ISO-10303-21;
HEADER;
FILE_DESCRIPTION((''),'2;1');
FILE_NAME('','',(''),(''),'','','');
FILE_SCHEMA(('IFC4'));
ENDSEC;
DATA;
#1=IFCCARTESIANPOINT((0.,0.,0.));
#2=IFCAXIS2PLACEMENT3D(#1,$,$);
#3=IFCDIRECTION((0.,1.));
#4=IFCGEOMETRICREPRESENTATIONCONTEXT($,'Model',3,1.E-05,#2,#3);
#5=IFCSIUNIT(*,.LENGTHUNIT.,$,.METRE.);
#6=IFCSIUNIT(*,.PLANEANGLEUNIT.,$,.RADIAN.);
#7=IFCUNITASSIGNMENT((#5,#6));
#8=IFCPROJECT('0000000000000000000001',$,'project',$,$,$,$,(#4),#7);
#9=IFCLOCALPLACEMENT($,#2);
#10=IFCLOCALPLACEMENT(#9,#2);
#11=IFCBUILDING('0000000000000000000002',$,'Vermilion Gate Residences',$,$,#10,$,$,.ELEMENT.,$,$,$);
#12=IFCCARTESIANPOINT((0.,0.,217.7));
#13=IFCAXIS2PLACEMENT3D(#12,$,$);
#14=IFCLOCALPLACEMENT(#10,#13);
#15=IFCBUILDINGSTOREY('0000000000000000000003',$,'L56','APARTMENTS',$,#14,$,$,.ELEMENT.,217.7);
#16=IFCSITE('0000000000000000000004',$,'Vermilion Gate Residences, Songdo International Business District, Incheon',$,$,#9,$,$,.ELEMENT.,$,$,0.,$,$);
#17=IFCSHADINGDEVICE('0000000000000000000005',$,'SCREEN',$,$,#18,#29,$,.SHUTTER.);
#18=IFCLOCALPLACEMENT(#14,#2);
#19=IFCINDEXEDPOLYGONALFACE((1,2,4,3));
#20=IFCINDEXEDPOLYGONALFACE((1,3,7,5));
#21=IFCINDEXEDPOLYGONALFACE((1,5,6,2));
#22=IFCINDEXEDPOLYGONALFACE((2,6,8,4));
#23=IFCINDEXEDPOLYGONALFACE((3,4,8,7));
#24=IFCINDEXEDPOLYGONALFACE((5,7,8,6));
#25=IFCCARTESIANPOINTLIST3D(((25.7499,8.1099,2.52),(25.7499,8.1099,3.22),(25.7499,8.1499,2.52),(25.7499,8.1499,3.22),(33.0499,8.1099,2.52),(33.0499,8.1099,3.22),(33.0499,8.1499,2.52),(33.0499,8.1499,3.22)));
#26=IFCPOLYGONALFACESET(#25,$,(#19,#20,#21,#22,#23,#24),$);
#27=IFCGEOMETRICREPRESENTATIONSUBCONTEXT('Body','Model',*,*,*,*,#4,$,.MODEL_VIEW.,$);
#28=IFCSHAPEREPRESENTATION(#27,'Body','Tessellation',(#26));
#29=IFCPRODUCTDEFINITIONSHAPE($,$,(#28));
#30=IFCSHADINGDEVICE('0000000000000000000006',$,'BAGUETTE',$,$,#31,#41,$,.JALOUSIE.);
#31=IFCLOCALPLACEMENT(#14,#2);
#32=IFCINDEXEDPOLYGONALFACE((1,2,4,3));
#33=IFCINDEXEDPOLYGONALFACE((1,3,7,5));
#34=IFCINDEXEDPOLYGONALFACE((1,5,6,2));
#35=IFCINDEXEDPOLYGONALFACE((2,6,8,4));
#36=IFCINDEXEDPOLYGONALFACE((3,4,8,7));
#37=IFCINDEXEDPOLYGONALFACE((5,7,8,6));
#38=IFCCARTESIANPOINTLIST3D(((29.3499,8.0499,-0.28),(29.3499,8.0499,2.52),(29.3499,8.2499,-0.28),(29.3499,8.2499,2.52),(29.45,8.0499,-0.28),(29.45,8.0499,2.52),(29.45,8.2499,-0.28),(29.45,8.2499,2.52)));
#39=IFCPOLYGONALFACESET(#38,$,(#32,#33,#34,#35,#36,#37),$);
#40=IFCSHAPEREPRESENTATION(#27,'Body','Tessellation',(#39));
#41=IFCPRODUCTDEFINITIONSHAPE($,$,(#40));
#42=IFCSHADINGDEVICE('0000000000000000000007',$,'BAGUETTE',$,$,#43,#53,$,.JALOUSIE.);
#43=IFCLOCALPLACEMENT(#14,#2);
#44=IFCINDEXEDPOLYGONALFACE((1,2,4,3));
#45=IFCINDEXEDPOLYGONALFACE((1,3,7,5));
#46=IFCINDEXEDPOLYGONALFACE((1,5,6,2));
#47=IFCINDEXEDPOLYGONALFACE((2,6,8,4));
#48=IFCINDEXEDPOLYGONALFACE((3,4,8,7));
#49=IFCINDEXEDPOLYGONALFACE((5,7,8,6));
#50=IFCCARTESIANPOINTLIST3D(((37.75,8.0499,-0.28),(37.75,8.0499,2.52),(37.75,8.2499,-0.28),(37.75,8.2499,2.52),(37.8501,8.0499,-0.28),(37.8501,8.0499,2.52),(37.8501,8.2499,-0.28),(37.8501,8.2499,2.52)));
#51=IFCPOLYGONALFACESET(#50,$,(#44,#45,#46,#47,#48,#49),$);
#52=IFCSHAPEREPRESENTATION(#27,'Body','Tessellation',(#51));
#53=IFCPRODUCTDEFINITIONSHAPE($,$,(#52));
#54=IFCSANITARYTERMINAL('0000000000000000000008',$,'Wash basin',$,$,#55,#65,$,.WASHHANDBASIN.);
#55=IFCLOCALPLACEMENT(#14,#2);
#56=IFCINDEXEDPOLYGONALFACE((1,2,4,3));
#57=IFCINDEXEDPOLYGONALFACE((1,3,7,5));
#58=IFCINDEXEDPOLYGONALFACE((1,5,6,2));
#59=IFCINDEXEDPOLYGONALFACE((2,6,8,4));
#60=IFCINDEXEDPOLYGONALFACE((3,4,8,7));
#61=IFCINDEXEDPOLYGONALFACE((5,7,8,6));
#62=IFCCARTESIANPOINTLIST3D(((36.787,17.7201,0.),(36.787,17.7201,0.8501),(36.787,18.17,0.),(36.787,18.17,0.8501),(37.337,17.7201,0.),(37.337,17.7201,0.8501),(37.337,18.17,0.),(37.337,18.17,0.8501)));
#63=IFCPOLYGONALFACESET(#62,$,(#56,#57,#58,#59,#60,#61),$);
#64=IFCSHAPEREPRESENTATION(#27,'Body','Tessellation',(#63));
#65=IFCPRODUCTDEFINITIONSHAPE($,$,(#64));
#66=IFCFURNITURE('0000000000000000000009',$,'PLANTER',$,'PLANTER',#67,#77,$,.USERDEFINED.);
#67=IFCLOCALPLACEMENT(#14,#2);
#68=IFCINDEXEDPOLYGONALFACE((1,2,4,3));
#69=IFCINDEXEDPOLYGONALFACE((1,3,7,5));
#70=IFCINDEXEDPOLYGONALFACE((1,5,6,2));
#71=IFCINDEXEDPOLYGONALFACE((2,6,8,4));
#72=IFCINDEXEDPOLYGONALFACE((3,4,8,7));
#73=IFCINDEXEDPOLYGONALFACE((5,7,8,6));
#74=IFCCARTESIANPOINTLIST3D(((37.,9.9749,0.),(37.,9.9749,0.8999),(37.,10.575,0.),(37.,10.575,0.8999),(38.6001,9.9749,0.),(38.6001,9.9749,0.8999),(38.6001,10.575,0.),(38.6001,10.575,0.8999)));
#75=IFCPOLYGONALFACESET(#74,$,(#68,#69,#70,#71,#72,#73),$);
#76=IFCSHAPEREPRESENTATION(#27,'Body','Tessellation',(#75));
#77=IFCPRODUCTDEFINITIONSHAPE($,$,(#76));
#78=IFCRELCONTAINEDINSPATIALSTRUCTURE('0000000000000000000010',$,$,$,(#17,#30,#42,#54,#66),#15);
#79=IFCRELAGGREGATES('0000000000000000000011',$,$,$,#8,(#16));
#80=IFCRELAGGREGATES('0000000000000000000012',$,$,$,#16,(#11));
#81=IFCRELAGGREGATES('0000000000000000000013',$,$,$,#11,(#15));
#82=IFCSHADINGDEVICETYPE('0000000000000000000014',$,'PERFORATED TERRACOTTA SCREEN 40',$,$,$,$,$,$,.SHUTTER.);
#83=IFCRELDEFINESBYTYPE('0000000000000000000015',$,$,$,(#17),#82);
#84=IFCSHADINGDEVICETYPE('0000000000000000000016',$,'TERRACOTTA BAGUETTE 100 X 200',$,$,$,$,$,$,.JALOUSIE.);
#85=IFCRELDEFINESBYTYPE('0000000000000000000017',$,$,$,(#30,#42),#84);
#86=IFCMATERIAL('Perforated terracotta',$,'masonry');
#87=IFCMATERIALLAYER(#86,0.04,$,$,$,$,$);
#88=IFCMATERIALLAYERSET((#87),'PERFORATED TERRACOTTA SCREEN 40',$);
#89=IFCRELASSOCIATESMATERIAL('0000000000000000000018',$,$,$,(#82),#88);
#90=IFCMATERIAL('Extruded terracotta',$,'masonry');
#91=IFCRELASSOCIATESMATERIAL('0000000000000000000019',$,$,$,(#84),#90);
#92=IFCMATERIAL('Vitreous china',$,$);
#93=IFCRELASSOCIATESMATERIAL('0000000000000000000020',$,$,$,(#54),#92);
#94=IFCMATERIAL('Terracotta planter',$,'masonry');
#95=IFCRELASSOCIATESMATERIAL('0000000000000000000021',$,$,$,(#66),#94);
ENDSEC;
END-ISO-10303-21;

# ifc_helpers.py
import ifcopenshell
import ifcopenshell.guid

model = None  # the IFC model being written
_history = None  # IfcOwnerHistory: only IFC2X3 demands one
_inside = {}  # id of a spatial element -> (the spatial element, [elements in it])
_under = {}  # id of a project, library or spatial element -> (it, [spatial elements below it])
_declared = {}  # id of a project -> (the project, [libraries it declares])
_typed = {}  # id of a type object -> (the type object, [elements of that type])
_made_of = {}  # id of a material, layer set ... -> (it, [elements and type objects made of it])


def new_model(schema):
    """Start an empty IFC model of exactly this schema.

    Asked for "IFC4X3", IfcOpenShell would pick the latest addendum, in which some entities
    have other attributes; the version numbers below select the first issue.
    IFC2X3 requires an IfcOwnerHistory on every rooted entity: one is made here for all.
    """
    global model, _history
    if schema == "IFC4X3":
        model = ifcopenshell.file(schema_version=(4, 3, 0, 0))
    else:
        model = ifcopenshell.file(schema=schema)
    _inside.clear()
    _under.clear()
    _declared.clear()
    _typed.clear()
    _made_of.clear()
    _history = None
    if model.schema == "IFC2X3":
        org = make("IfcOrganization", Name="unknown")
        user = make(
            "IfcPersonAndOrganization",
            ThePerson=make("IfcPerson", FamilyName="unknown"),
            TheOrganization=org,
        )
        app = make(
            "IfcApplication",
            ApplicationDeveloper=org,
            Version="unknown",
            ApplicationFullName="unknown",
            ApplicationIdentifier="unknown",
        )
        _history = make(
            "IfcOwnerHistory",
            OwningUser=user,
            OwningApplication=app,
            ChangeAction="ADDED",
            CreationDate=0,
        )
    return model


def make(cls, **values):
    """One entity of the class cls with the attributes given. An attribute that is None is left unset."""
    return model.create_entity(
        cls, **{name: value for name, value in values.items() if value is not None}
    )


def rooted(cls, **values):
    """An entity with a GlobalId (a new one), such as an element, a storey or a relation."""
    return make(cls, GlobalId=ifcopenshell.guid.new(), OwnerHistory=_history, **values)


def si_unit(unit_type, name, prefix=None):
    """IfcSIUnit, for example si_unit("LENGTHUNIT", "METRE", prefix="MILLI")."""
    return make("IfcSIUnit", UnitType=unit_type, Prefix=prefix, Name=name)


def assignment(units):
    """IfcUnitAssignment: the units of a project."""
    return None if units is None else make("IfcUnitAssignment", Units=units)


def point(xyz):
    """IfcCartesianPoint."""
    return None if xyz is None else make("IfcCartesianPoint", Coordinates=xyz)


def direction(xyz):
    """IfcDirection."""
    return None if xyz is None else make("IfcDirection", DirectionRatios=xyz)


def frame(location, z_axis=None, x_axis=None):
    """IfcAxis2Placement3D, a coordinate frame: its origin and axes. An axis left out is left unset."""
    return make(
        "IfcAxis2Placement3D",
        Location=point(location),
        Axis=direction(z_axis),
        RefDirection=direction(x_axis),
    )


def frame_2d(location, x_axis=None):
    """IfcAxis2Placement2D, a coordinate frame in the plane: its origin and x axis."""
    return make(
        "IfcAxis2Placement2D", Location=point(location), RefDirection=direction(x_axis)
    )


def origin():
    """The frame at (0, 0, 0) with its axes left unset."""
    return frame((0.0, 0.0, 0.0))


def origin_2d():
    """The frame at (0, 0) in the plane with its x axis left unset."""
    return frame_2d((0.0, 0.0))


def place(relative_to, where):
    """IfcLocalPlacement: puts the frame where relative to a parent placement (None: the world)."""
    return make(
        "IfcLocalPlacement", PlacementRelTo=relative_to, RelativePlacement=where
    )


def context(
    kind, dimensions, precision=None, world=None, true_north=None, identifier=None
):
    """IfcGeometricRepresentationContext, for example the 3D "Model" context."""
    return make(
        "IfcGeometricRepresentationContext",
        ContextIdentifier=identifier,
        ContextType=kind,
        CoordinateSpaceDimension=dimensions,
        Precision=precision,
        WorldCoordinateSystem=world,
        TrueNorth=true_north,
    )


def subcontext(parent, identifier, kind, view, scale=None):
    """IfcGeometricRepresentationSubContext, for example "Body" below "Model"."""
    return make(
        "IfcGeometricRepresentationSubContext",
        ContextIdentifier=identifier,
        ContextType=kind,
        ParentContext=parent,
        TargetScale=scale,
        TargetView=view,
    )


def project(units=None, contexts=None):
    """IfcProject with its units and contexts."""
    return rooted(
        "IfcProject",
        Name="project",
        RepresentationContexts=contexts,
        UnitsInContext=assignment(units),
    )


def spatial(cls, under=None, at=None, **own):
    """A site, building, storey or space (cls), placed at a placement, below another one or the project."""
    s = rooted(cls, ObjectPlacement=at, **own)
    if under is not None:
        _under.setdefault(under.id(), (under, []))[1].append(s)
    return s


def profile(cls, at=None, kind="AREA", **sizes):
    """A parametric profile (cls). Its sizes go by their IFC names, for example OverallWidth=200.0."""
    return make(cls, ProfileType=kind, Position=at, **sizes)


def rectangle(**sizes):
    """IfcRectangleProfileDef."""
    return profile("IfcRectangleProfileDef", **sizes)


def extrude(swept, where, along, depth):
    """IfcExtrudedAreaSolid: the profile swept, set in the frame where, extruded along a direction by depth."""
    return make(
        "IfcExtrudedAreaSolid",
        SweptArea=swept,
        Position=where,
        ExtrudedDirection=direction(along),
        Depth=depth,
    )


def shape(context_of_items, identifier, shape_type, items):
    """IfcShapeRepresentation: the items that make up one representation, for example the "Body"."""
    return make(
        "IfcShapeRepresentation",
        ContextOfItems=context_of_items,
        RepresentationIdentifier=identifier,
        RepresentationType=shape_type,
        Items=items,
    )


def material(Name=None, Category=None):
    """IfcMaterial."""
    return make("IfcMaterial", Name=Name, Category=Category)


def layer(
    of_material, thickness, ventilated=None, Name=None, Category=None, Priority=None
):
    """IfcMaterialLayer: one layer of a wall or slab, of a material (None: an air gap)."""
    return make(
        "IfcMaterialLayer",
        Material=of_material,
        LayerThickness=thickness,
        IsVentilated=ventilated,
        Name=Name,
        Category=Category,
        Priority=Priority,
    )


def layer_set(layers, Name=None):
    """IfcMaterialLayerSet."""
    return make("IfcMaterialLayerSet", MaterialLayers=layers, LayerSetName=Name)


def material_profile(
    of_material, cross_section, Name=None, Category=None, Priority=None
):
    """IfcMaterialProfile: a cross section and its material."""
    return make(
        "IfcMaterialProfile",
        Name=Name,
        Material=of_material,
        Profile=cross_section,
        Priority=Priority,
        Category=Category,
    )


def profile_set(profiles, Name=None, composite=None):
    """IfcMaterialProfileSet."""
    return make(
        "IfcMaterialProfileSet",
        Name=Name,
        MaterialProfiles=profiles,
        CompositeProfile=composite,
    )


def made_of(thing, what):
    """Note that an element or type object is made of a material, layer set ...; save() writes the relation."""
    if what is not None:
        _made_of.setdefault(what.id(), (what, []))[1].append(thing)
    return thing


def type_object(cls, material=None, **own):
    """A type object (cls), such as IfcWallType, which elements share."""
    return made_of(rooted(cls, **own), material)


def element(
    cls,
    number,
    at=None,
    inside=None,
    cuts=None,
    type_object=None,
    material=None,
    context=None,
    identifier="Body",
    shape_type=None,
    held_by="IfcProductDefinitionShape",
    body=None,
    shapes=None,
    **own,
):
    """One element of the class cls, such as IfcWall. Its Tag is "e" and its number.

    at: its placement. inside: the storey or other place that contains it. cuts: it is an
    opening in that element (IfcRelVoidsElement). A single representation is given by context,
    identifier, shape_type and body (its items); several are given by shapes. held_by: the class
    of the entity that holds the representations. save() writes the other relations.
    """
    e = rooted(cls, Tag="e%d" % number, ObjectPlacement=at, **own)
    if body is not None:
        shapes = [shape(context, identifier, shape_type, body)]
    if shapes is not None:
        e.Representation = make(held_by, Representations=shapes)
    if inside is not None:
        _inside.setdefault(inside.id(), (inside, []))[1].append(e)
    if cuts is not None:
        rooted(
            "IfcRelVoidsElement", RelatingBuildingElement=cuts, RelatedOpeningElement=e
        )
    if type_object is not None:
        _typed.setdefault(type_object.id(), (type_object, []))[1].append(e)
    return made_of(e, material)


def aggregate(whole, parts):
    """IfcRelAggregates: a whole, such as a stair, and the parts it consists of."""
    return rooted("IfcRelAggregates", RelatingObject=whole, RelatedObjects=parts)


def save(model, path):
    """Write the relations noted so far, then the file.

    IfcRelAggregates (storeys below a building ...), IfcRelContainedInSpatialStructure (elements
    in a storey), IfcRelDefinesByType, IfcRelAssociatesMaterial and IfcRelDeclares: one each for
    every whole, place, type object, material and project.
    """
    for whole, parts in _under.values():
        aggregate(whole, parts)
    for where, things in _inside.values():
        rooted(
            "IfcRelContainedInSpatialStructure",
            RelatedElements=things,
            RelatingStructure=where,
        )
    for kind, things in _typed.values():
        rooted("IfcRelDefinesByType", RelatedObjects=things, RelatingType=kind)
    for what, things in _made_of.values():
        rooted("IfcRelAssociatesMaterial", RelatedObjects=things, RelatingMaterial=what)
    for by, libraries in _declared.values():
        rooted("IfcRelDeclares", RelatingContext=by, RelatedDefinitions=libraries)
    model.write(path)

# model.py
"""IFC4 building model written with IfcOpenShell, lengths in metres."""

from ifc_helpers import new_model, si_unit, direction, frame, origin, origin_2d, place, context, subcontext, project, spatial, rectangle, extrude, material, layer, layer_set, material_profile, profile_set, type_object, element, save


model = new_model("IFC4")

# Units and contexts
model_context = context("Model", 3, precision=1e-05, world=origin(), true_north=direction((0.0, 1.0)))
body_context = subcontext(model_context, "Body", "Model", "MODEL_VIEW")
ifc_project = project(units=[si_unit("LENGTHUNIT", "METRE"), si_unit("PLANEANGLEUNIT", "RADIAN")], contexts=[model_context])

# Site, building, storey
site_placement = place(None, origin())
site = spatial("IfcSite", under=ifc_project, at=site_placement, Name="Vermilion Gate Residences, Songdo International Business District, Incheon", CompositionType="ELEMENT", RefElevation=0.0)
building_placement = place(site_placement, origin())
building = spatial("IfcBuilding", under=site, at=building_placement, Name="Vermilion Gate Residences", CompositionType="ELEMENT")
storey_placement = place(building_placement, frame((0.0, 0.0, 217.7)))
storey = spatial("IfcBuildingStorey", under=building, at=storey_placement, Name="L56", Description="APARTMENTS", CompositionType="ELEMENT", Elevation=217.7)

# Shading devices
ifc_material_1 = material(Name="Perforated terracotta", Category="masonry")
ifc_layer_1 = layer(ifc_material_1, 0.04)
ifc_layer_set_1 = layer_set([ifc_layer_1], Name="PERFORATED TERRACOTTA SCREEN 40")
shading_device_type_1 = type_object("IfcShadingDeviceType", Name="PERFORATED TERRACOTTA SCREEN 40", PredefinedType="SHUTTER", material=ifc_layer_set_1)
shading_device_placement = place(storey_placement, frame((29.3999, 8.1299, 2.52), z_axis=(0.0, 0.0, 1.0), x_axis=(1.0, 0.0, 0.0)))
element("IfcShadingDevice", 1, at=shading_device_placement, inside=storey, type_object=shading_device_type_1, Name="SCREEN", PredefinedType="SHUTTER", context=body_context, shape_type="SweptSolid", body=[
    extrude(rectangle(XDim=7.3, YDim=0.04, at=origin_2d()), origin(), (0.0, 0.0, 1.0), 0.7),
])
ifc_material_2 = material(Name="Extruded terracotta", Category="masonry")
ifc_material_profile_1 = material_profile(ifc_material_2, rectangle(XDim=0.2, YDim=0.1001, at=origin_2d()), Name="BAGUETTE 100 X 200")
ifc_profile_set_1 = profile_set([ifc_material_profile_1], Name="Extruded terracotta")
shading_device_type_2 = type_object("IfcShadingDeviceType", Name="TERRACOTTA BAGUETTE 100 X 200", PredefinedType="JALOUSIE", material=ifc_profile_set_1)
for number, where, z_axis, x_axis, name in (
    (2, (29.3999, 8.1499, -0.28), (0.0, 0.0, 1.0), (0.0, 1.0, 0.0), "BAGUETTE"),
    (3, (37.8, 8.1499, -0.28), (0.0, 0.0, 1.0), (0.0, 1.0, 0.0), "BAGUETTE"),
):
    element("IfcShadingDevice", number, at=place(storey_placement, frame(where, z_axis=z_axis, x_axis=x_axis)), inside=storey, type_object=shading_device_type_2, Name=name, PredefinedType="JALOUSIE", context=body_context, shape_type="SweptSolid", body=[
        extrude(rectangle(XDim=0.2, YDim=0.1001, at=origin_2d()), origin(), (0.0, 0.0, 1.0), 2.8),
    ])

# Sanitary terminal
ifc_material_3 = material(Name="Vitreous china")
sanitary_terminal_placement = place(storey_placement, frame((37.062, 17.9451, 0.0), z_axis=(0.0, 0.0, 1.0), x_axis=(1.0, 0.0, 0.0)))
element("IfcSanitaryTerminal", 4, at=sanitary_terminal_placement, inside=storey, material=ifc_material_3, Name="Wash basin", PredefinedType="WASHHANDBASIN", context=body_context, shape_type="SweptSolid", body=[
    extrude(rectangle(XDim=0.55, YDim=0.45, at=origin_2d()), origin(), (0.0, 0.0, 1.0), 0.8501),
])

# Furniture
ifc_material_4 = material(Name="Terracotta planter", Category="masonry")
furniture_placement = place(storey_placement, frame((37.8, 10.2749, 0.0), z_axis=(0.0, 0.0, 1.0), x_axis=(1.0, 0.0, 0.0)))
element("IfcFurniture", 5, at=furniture_placement, inside=storey, material=ifc_material_4, Name="PLANTER", ObjectType="PLANTER", PredefinedType="USERDEFINED", context=body_context, shape_type="SweptSolid", body=[
    extrude(rectangle(XDim=1.6001, YDim=0.6001, at=origin_2d()), origin(), (0.0, 0.0, 1.0), 0.8999),
])

save(model, "model.ifc")
